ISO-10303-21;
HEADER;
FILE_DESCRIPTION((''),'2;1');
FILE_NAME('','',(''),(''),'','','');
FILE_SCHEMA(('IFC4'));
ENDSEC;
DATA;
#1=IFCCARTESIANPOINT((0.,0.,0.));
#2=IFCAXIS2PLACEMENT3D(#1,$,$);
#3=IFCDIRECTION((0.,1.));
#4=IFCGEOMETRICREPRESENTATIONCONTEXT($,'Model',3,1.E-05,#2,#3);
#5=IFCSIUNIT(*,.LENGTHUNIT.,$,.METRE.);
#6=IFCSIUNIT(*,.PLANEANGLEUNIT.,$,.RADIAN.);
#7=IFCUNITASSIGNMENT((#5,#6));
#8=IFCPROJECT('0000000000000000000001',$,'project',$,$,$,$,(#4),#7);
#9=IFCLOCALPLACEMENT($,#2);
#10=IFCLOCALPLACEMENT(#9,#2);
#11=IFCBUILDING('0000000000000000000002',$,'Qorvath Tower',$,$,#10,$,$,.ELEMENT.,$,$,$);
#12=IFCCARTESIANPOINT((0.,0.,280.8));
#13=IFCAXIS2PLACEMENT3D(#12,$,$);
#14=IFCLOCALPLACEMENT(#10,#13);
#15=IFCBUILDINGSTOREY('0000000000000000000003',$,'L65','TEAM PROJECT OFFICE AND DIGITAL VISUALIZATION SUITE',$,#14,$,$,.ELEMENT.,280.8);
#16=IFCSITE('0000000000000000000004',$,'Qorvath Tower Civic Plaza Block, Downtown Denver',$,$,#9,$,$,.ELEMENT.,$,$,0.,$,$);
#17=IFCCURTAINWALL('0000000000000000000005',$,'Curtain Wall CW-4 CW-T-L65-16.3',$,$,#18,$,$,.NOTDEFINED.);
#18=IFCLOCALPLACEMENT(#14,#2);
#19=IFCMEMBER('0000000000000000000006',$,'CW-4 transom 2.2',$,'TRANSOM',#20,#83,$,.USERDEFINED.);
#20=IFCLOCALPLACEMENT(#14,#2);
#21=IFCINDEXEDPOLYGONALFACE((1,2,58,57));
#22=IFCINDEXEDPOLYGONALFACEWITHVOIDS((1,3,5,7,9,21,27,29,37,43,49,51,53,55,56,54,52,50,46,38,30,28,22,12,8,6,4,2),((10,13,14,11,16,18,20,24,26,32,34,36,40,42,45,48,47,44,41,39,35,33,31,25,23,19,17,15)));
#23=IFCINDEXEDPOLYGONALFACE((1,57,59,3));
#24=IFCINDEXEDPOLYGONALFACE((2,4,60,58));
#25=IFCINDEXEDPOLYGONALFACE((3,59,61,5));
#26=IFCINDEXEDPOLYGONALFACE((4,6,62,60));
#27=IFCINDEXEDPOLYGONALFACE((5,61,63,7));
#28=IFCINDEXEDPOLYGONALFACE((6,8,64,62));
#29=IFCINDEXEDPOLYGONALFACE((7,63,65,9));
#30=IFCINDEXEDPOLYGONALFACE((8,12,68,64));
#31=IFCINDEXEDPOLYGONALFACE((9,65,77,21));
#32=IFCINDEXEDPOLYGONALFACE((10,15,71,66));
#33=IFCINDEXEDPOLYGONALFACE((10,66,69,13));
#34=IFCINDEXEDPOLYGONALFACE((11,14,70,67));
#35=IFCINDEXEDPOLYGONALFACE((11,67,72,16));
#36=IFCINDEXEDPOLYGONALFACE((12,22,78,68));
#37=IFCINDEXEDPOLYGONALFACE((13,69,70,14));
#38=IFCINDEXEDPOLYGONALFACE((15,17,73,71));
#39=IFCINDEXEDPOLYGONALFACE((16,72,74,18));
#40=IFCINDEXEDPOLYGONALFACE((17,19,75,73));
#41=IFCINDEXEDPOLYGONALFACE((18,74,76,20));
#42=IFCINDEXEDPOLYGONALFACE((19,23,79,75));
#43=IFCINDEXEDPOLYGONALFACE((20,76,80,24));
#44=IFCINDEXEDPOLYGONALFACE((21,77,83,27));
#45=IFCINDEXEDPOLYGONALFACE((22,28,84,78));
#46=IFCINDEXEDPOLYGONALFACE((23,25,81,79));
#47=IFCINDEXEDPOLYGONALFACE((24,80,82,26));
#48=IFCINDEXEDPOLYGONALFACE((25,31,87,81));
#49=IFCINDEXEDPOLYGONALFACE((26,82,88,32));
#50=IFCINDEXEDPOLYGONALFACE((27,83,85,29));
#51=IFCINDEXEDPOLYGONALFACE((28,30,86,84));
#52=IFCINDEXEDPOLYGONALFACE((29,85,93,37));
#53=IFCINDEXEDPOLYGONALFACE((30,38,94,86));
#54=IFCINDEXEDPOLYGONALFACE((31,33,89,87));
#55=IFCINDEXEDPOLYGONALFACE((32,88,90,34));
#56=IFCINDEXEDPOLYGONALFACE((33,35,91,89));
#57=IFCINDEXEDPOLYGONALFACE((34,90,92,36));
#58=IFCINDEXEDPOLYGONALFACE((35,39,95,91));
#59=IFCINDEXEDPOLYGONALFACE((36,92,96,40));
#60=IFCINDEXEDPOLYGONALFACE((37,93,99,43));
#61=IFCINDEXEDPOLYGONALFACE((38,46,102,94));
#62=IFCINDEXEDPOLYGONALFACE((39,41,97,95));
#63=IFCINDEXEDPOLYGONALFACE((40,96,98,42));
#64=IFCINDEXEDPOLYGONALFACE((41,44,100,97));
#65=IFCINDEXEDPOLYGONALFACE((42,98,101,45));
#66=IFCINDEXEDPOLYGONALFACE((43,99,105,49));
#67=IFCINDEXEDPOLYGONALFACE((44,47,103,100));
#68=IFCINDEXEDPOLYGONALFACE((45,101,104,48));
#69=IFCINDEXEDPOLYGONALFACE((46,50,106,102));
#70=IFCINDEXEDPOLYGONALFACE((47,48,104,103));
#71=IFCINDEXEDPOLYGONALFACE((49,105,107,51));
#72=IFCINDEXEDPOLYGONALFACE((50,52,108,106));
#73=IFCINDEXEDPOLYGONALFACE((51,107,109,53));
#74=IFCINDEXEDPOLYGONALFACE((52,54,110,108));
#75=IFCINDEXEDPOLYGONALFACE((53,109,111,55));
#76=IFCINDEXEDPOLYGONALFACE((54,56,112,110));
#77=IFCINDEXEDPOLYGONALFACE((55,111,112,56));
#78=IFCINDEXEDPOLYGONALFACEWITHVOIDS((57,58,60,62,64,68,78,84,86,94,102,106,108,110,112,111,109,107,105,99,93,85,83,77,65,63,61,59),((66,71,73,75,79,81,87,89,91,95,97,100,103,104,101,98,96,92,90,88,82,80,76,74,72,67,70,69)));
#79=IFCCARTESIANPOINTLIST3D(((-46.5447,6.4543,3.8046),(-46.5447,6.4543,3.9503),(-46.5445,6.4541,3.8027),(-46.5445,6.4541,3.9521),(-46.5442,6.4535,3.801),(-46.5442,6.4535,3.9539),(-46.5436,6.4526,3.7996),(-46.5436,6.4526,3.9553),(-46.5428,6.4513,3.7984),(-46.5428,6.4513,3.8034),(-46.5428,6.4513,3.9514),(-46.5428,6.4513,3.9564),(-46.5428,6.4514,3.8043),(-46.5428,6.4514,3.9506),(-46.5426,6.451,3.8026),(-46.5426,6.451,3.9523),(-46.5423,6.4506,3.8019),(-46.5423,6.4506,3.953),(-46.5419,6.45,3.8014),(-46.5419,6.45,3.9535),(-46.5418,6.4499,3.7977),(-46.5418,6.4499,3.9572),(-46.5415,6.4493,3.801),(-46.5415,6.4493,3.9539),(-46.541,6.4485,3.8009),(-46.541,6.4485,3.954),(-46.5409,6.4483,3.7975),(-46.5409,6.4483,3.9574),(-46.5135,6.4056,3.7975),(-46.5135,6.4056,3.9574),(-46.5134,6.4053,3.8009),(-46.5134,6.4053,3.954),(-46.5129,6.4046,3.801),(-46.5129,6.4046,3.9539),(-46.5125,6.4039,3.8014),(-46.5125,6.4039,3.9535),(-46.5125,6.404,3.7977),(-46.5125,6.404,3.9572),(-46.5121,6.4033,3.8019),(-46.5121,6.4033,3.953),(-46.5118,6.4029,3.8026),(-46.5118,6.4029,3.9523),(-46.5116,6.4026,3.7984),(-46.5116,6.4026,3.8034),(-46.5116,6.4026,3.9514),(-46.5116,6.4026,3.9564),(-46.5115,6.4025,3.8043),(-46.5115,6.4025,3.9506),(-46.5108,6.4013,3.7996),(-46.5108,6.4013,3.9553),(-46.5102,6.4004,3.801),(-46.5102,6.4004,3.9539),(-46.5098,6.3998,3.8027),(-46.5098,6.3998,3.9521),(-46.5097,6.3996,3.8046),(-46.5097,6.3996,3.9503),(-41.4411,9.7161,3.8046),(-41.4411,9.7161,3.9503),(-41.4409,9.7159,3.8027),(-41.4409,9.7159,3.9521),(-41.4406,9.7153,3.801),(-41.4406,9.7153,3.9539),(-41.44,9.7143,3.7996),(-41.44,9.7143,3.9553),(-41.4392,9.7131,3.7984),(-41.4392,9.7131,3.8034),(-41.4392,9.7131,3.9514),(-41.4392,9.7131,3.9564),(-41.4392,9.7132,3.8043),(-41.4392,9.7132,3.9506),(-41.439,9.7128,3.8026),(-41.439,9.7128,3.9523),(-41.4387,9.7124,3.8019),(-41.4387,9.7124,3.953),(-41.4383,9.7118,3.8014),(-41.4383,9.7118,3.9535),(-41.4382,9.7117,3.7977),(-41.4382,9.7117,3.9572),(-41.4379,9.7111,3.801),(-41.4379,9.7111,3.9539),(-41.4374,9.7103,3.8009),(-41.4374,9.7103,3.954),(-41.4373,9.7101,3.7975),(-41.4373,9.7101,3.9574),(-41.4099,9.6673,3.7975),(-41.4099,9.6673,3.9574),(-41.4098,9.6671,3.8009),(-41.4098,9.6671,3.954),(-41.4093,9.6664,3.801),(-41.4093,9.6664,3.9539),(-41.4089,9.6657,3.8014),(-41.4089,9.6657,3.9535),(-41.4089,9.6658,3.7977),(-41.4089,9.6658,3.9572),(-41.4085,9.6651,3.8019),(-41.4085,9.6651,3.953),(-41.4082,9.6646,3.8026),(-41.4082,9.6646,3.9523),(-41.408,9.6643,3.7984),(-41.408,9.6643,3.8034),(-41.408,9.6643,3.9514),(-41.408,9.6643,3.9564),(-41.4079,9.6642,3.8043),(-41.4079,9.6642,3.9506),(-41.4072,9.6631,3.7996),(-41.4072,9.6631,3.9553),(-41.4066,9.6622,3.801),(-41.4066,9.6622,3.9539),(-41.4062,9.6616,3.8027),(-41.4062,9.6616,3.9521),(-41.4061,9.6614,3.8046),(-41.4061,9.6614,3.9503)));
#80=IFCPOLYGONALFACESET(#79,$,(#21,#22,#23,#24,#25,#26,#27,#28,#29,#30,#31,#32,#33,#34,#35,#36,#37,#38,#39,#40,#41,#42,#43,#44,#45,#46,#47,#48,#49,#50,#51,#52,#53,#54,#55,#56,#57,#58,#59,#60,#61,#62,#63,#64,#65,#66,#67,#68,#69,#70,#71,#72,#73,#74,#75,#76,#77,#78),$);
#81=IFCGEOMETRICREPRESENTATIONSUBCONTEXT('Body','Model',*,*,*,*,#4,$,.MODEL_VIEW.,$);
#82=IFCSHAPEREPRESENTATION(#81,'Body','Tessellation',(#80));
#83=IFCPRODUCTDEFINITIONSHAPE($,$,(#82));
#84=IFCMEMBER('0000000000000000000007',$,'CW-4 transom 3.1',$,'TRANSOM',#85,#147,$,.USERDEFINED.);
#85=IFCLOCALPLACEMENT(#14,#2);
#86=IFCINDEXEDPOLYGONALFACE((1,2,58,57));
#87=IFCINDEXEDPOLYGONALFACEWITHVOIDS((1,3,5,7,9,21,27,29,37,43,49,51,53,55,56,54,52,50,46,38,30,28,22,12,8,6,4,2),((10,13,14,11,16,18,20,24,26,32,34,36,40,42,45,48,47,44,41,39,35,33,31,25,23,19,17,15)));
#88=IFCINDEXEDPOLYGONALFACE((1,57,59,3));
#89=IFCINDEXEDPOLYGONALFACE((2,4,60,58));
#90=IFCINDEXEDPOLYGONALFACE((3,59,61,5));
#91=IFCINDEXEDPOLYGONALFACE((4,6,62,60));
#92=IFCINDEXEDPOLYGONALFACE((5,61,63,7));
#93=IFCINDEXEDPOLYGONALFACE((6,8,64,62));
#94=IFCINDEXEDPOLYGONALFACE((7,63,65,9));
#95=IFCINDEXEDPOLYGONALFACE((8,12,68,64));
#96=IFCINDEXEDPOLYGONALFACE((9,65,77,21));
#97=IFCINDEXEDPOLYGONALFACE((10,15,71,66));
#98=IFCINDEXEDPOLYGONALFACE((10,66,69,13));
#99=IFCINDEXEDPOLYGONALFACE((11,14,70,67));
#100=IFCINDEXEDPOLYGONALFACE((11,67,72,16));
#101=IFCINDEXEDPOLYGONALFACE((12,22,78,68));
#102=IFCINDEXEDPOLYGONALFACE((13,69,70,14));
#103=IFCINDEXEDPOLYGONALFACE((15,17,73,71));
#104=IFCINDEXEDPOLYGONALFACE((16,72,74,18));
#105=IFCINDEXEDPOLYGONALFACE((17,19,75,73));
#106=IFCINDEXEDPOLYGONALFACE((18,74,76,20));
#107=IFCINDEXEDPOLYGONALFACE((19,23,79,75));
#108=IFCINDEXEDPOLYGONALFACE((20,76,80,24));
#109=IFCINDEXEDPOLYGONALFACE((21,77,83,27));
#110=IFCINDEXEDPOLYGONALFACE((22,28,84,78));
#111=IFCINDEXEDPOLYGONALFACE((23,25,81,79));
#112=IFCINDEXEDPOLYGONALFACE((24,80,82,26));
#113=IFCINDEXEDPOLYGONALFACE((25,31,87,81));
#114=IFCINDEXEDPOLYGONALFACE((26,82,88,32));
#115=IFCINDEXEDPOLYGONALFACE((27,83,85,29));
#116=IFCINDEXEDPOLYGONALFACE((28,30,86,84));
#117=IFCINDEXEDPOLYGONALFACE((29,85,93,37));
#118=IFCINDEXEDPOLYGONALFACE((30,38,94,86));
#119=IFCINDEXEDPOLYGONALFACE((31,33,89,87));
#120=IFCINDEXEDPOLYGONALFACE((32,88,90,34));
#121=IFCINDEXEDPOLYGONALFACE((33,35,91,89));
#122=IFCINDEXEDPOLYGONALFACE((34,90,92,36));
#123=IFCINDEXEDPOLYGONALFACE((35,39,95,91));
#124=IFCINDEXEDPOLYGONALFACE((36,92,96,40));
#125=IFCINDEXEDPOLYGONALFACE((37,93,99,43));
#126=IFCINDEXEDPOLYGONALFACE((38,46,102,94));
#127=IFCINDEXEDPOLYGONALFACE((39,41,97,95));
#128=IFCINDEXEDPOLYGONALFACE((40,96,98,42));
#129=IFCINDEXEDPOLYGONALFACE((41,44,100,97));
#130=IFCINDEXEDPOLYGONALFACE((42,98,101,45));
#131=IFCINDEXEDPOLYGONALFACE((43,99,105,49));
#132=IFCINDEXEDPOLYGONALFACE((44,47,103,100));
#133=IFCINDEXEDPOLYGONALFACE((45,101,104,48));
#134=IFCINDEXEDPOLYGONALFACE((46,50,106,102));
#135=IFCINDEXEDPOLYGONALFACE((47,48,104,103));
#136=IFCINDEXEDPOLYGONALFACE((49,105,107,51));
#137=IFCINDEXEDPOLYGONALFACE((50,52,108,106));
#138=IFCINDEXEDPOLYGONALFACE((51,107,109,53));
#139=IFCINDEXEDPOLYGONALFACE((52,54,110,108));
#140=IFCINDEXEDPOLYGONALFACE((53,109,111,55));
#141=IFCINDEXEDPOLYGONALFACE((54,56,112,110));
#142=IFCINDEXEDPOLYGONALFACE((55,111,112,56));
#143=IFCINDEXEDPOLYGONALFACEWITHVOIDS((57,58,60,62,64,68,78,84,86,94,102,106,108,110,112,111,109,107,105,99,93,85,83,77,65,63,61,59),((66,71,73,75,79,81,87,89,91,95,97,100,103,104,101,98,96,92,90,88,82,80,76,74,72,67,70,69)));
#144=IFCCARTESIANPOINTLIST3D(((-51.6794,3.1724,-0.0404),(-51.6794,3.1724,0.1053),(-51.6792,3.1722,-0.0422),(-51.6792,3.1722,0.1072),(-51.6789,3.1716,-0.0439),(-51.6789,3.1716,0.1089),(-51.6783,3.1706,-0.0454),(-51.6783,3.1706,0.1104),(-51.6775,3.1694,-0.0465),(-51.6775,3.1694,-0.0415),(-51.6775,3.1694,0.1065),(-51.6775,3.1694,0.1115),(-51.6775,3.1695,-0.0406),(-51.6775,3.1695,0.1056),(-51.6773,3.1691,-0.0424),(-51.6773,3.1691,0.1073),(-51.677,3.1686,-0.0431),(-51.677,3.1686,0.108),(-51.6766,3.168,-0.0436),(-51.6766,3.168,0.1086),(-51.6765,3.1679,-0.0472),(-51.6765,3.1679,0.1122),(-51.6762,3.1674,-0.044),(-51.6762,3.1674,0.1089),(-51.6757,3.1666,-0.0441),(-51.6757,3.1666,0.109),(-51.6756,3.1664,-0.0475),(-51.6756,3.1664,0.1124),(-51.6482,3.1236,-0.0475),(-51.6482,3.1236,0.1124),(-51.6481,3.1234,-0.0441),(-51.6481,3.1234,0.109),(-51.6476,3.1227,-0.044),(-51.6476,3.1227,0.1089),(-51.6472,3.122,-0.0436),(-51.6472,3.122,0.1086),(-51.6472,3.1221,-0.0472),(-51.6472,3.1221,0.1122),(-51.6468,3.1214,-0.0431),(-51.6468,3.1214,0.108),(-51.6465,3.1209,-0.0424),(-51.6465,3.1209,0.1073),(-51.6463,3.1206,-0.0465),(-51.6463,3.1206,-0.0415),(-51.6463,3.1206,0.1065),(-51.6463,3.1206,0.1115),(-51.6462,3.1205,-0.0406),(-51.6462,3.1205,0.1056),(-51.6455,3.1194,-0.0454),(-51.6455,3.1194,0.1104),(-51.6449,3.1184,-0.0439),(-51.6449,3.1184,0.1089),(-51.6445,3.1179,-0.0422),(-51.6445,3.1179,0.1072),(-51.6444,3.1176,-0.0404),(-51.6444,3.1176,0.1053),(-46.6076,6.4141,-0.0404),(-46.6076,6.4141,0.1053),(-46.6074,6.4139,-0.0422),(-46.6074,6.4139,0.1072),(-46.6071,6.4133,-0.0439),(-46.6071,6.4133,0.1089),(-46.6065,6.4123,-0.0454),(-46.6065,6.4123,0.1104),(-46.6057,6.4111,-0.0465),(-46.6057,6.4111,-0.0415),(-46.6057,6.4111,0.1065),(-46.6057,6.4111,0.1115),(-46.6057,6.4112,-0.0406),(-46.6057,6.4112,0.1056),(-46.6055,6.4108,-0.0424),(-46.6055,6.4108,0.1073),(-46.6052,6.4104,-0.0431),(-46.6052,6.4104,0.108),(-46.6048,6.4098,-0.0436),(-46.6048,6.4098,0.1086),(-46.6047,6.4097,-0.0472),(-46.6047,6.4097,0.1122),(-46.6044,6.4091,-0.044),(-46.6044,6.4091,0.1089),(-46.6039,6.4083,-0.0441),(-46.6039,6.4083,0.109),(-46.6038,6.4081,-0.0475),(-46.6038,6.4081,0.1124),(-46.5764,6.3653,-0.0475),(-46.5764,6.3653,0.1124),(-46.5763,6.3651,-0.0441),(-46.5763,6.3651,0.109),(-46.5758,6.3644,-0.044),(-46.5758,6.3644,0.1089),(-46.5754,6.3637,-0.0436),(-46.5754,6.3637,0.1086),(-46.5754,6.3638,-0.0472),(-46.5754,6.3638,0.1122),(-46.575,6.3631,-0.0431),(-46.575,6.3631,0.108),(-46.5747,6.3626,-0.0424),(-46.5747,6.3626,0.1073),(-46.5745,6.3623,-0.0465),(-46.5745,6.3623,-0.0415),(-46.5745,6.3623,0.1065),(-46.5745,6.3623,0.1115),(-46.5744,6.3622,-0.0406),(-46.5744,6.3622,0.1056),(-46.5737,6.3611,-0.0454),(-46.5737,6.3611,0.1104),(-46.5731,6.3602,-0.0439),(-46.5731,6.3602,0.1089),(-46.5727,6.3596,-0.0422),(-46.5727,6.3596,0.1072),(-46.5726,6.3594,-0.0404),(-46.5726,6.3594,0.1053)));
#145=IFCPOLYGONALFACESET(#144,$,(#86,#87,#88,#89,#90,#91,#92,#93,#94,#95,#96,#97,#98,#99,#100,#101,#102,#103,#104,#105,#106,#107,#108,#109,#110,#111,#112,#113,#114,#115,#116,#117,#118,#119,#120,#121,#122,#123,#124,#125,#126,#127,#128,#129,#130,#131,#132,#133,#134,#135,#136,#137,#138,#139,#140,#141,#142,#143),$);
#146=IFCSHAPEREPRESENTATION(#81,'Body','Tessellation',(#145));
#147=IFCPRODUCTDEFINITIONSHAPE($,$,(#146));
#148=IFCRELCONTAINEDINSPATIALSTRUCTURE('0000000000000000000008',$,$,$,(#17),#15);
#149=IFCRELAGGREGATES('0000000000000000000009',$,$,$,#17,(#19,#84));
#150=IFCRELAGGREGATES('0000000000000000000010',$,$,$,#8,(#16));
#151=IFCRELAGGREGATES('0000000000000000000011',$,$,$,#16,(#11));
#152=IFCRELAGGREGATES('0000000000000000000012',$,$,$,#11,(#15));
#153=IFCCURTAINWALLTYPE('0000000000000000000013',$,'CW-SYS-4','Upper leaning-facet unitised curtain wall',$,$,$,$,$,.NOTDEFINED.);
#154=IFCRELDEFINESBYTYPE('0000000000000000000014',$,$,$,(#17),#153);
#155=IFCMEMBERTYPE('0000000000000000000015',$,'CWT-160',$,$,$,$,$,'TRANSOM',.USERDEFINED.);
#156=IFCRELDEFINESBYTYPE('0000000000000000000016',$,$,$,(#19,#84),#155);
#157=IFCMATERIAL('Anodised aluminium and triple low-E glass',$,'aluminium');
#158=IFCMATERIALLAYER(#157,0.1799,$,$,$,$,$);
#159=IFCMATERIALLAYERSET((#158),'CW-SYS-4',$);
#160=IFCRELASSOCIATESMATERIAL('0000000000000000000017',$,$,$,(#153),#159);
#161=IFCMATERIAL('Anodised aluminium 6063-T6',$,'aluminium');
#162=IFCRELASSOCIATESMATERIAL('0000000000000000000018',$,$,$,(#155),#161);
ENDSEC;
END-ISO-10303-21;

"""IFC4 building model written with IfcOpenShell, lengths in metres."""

from ifc_helpers import new_model, si_unit, direction, frame, origin, origin_2d, place, context, subcontext, project, spatial, hollow_rectangle, extrude, material, layer, layer_set, material_profile, profile_set, type_object, element, aggregate, save


model = new_model("IFC4")

# Units and contexts
model_context = context("Model", 3, precision=1e-05, world=origin(), true_north=direction((0.0, 1.0)))
body_context = subcontext(model_context, "Body", "Model", "MODEL_VIEW")
ifc_project = project(units=[si_unit("LENGTHUNIT", "METRE"), si_unit("PLANEANGLEUNIT", "RADIAN")], contexts=[model_context])

# Site, building, storey
site_placement = place(None, origin())
site = spatial("IfcSite", under=ifc_project, at=site_placement, Name="Qorvath Tower Civic Plaza Block, Downtown Denver", CompositionType="ELEMENT", RefElevation=0.0)
building_placement = place(site_placement, origin())
building = spatial("IfcBuilding", under=site, at=building_placement, Name="Qorvath Tower", CompositionType="ELEMENT")
storey_placement = place(building_placement, frame((0.0, 0.0, 280.8)))
storey = spatial("IfcBuildingStorey", under=building, at=storey_placement, Name="L65", Description="TEAM PROJECT OFFICE AND DIGITAL VISUALIZATION SUITE", CompositionType="ELEMENT", Elevation=280.8)

# Shared definitions
ifc_material_1 = material(Name="Anodised aluminium and triple low-E glass", Category="aluminium")
ifc_layer_1 = layer(ifc_material_1, 0.1799)
ifc_layer_set_1 = layer_set([ifc_layer_1], Name="CW-SYS-4")
curtain_wall_type = type_object("IfcCurtainWallType", Name="CW-SYS-4", Description="Upper leaning-facet unitised curtain wall", PredefinedType="NOTDEFINED", material=ifc_layer_set_1)

# Curtain wall, members
curtain_wall_1_placement = place(storey_placement, origin())
curtain_wall_1 = element("IfcCurtainWall", 1, at=curtain_wall_1_placement, inside=storey, type_object=curtain_wall_type, Name="Curtain Wall CW-4 CW-T-L65-16.3", PredefinedType="NOTDEFINED")
ifc_material_2 = material(Name="Anodised aluminium 6063-T6", Category="aluminium")
ifc_material_profile_1 = material_profile(ifc_material_2, hollow_rectangle(XDim=0.0649, YDim=0.1599, WallThickness=0.0034, InnerFilletRadius=0.0034, OuterFilletRadius=0.0071, at=origin_2d()), Name="CWT 160x65")
ifc_profile_set_1 = profile_set([ifc_material_profile_1], Name="Anodised aluminium 6063-T6")
member_type_1 = type_object("IfcMemberType", Name="CWT-160", ElementType="TRANSOM", PredefinedType="USERDEFINED", material=ifc_profile_set_1)
member_1_placement = place(storey_placement, frame((-41.4236, 9.6887, 3.8774), z_axis=(-0.842611, -0.538523, 0.0), x_axis=(0.538523, -0.842611, 0.0)))
member_1 = element("IfcMember", 2, at=member_1_placement, type_object=member_type_1, Name="CW-4 transom 2.2", ObjectType="TRANSOM", PredefinedType="USERDEFINED", context=body_context, shape_type="SweptSolid", body=[
    extrude(hollow_rectangle(XDim=0.0649, YDim=0.1599, WallThickness=0.0034, InnerFilletRadius=0.0034, OuterFilletRadius=0.0071, at=origin_2d()), origin(), (0.0, 0.0, 1.0), 6.0569),
])
member_2_placement = place(storey_placement, frame((-46.5901, 6.3867, 0.0325), z_axis=(-0.842591, -0.538554, 0.0), x_axis=(0.538554, -0.842591, 0.0)))
member_2 = element("IfcMember", 3, at=member_2_placement, type_object=member_type_1, Name="CW-4 transom 3.1", ObjectType="TRANSOM", PredefinedType="USERDEFINED", context=body_context, shape_type="SweptSolid", body=[
    extrude(hollow_rectangle(XDim=0.0649, YDim=0.1599, WallThickness=0.0034, InnerFilletRadius=0.0034, OuterFilletRadius=0.0071, at=origin_2d()), origin(), (0.0, 0.0, 1.0), 6.0193),
])
aggregate(curtain_wall_1, [member_1, member_2])

save(model, "model.ifc")
